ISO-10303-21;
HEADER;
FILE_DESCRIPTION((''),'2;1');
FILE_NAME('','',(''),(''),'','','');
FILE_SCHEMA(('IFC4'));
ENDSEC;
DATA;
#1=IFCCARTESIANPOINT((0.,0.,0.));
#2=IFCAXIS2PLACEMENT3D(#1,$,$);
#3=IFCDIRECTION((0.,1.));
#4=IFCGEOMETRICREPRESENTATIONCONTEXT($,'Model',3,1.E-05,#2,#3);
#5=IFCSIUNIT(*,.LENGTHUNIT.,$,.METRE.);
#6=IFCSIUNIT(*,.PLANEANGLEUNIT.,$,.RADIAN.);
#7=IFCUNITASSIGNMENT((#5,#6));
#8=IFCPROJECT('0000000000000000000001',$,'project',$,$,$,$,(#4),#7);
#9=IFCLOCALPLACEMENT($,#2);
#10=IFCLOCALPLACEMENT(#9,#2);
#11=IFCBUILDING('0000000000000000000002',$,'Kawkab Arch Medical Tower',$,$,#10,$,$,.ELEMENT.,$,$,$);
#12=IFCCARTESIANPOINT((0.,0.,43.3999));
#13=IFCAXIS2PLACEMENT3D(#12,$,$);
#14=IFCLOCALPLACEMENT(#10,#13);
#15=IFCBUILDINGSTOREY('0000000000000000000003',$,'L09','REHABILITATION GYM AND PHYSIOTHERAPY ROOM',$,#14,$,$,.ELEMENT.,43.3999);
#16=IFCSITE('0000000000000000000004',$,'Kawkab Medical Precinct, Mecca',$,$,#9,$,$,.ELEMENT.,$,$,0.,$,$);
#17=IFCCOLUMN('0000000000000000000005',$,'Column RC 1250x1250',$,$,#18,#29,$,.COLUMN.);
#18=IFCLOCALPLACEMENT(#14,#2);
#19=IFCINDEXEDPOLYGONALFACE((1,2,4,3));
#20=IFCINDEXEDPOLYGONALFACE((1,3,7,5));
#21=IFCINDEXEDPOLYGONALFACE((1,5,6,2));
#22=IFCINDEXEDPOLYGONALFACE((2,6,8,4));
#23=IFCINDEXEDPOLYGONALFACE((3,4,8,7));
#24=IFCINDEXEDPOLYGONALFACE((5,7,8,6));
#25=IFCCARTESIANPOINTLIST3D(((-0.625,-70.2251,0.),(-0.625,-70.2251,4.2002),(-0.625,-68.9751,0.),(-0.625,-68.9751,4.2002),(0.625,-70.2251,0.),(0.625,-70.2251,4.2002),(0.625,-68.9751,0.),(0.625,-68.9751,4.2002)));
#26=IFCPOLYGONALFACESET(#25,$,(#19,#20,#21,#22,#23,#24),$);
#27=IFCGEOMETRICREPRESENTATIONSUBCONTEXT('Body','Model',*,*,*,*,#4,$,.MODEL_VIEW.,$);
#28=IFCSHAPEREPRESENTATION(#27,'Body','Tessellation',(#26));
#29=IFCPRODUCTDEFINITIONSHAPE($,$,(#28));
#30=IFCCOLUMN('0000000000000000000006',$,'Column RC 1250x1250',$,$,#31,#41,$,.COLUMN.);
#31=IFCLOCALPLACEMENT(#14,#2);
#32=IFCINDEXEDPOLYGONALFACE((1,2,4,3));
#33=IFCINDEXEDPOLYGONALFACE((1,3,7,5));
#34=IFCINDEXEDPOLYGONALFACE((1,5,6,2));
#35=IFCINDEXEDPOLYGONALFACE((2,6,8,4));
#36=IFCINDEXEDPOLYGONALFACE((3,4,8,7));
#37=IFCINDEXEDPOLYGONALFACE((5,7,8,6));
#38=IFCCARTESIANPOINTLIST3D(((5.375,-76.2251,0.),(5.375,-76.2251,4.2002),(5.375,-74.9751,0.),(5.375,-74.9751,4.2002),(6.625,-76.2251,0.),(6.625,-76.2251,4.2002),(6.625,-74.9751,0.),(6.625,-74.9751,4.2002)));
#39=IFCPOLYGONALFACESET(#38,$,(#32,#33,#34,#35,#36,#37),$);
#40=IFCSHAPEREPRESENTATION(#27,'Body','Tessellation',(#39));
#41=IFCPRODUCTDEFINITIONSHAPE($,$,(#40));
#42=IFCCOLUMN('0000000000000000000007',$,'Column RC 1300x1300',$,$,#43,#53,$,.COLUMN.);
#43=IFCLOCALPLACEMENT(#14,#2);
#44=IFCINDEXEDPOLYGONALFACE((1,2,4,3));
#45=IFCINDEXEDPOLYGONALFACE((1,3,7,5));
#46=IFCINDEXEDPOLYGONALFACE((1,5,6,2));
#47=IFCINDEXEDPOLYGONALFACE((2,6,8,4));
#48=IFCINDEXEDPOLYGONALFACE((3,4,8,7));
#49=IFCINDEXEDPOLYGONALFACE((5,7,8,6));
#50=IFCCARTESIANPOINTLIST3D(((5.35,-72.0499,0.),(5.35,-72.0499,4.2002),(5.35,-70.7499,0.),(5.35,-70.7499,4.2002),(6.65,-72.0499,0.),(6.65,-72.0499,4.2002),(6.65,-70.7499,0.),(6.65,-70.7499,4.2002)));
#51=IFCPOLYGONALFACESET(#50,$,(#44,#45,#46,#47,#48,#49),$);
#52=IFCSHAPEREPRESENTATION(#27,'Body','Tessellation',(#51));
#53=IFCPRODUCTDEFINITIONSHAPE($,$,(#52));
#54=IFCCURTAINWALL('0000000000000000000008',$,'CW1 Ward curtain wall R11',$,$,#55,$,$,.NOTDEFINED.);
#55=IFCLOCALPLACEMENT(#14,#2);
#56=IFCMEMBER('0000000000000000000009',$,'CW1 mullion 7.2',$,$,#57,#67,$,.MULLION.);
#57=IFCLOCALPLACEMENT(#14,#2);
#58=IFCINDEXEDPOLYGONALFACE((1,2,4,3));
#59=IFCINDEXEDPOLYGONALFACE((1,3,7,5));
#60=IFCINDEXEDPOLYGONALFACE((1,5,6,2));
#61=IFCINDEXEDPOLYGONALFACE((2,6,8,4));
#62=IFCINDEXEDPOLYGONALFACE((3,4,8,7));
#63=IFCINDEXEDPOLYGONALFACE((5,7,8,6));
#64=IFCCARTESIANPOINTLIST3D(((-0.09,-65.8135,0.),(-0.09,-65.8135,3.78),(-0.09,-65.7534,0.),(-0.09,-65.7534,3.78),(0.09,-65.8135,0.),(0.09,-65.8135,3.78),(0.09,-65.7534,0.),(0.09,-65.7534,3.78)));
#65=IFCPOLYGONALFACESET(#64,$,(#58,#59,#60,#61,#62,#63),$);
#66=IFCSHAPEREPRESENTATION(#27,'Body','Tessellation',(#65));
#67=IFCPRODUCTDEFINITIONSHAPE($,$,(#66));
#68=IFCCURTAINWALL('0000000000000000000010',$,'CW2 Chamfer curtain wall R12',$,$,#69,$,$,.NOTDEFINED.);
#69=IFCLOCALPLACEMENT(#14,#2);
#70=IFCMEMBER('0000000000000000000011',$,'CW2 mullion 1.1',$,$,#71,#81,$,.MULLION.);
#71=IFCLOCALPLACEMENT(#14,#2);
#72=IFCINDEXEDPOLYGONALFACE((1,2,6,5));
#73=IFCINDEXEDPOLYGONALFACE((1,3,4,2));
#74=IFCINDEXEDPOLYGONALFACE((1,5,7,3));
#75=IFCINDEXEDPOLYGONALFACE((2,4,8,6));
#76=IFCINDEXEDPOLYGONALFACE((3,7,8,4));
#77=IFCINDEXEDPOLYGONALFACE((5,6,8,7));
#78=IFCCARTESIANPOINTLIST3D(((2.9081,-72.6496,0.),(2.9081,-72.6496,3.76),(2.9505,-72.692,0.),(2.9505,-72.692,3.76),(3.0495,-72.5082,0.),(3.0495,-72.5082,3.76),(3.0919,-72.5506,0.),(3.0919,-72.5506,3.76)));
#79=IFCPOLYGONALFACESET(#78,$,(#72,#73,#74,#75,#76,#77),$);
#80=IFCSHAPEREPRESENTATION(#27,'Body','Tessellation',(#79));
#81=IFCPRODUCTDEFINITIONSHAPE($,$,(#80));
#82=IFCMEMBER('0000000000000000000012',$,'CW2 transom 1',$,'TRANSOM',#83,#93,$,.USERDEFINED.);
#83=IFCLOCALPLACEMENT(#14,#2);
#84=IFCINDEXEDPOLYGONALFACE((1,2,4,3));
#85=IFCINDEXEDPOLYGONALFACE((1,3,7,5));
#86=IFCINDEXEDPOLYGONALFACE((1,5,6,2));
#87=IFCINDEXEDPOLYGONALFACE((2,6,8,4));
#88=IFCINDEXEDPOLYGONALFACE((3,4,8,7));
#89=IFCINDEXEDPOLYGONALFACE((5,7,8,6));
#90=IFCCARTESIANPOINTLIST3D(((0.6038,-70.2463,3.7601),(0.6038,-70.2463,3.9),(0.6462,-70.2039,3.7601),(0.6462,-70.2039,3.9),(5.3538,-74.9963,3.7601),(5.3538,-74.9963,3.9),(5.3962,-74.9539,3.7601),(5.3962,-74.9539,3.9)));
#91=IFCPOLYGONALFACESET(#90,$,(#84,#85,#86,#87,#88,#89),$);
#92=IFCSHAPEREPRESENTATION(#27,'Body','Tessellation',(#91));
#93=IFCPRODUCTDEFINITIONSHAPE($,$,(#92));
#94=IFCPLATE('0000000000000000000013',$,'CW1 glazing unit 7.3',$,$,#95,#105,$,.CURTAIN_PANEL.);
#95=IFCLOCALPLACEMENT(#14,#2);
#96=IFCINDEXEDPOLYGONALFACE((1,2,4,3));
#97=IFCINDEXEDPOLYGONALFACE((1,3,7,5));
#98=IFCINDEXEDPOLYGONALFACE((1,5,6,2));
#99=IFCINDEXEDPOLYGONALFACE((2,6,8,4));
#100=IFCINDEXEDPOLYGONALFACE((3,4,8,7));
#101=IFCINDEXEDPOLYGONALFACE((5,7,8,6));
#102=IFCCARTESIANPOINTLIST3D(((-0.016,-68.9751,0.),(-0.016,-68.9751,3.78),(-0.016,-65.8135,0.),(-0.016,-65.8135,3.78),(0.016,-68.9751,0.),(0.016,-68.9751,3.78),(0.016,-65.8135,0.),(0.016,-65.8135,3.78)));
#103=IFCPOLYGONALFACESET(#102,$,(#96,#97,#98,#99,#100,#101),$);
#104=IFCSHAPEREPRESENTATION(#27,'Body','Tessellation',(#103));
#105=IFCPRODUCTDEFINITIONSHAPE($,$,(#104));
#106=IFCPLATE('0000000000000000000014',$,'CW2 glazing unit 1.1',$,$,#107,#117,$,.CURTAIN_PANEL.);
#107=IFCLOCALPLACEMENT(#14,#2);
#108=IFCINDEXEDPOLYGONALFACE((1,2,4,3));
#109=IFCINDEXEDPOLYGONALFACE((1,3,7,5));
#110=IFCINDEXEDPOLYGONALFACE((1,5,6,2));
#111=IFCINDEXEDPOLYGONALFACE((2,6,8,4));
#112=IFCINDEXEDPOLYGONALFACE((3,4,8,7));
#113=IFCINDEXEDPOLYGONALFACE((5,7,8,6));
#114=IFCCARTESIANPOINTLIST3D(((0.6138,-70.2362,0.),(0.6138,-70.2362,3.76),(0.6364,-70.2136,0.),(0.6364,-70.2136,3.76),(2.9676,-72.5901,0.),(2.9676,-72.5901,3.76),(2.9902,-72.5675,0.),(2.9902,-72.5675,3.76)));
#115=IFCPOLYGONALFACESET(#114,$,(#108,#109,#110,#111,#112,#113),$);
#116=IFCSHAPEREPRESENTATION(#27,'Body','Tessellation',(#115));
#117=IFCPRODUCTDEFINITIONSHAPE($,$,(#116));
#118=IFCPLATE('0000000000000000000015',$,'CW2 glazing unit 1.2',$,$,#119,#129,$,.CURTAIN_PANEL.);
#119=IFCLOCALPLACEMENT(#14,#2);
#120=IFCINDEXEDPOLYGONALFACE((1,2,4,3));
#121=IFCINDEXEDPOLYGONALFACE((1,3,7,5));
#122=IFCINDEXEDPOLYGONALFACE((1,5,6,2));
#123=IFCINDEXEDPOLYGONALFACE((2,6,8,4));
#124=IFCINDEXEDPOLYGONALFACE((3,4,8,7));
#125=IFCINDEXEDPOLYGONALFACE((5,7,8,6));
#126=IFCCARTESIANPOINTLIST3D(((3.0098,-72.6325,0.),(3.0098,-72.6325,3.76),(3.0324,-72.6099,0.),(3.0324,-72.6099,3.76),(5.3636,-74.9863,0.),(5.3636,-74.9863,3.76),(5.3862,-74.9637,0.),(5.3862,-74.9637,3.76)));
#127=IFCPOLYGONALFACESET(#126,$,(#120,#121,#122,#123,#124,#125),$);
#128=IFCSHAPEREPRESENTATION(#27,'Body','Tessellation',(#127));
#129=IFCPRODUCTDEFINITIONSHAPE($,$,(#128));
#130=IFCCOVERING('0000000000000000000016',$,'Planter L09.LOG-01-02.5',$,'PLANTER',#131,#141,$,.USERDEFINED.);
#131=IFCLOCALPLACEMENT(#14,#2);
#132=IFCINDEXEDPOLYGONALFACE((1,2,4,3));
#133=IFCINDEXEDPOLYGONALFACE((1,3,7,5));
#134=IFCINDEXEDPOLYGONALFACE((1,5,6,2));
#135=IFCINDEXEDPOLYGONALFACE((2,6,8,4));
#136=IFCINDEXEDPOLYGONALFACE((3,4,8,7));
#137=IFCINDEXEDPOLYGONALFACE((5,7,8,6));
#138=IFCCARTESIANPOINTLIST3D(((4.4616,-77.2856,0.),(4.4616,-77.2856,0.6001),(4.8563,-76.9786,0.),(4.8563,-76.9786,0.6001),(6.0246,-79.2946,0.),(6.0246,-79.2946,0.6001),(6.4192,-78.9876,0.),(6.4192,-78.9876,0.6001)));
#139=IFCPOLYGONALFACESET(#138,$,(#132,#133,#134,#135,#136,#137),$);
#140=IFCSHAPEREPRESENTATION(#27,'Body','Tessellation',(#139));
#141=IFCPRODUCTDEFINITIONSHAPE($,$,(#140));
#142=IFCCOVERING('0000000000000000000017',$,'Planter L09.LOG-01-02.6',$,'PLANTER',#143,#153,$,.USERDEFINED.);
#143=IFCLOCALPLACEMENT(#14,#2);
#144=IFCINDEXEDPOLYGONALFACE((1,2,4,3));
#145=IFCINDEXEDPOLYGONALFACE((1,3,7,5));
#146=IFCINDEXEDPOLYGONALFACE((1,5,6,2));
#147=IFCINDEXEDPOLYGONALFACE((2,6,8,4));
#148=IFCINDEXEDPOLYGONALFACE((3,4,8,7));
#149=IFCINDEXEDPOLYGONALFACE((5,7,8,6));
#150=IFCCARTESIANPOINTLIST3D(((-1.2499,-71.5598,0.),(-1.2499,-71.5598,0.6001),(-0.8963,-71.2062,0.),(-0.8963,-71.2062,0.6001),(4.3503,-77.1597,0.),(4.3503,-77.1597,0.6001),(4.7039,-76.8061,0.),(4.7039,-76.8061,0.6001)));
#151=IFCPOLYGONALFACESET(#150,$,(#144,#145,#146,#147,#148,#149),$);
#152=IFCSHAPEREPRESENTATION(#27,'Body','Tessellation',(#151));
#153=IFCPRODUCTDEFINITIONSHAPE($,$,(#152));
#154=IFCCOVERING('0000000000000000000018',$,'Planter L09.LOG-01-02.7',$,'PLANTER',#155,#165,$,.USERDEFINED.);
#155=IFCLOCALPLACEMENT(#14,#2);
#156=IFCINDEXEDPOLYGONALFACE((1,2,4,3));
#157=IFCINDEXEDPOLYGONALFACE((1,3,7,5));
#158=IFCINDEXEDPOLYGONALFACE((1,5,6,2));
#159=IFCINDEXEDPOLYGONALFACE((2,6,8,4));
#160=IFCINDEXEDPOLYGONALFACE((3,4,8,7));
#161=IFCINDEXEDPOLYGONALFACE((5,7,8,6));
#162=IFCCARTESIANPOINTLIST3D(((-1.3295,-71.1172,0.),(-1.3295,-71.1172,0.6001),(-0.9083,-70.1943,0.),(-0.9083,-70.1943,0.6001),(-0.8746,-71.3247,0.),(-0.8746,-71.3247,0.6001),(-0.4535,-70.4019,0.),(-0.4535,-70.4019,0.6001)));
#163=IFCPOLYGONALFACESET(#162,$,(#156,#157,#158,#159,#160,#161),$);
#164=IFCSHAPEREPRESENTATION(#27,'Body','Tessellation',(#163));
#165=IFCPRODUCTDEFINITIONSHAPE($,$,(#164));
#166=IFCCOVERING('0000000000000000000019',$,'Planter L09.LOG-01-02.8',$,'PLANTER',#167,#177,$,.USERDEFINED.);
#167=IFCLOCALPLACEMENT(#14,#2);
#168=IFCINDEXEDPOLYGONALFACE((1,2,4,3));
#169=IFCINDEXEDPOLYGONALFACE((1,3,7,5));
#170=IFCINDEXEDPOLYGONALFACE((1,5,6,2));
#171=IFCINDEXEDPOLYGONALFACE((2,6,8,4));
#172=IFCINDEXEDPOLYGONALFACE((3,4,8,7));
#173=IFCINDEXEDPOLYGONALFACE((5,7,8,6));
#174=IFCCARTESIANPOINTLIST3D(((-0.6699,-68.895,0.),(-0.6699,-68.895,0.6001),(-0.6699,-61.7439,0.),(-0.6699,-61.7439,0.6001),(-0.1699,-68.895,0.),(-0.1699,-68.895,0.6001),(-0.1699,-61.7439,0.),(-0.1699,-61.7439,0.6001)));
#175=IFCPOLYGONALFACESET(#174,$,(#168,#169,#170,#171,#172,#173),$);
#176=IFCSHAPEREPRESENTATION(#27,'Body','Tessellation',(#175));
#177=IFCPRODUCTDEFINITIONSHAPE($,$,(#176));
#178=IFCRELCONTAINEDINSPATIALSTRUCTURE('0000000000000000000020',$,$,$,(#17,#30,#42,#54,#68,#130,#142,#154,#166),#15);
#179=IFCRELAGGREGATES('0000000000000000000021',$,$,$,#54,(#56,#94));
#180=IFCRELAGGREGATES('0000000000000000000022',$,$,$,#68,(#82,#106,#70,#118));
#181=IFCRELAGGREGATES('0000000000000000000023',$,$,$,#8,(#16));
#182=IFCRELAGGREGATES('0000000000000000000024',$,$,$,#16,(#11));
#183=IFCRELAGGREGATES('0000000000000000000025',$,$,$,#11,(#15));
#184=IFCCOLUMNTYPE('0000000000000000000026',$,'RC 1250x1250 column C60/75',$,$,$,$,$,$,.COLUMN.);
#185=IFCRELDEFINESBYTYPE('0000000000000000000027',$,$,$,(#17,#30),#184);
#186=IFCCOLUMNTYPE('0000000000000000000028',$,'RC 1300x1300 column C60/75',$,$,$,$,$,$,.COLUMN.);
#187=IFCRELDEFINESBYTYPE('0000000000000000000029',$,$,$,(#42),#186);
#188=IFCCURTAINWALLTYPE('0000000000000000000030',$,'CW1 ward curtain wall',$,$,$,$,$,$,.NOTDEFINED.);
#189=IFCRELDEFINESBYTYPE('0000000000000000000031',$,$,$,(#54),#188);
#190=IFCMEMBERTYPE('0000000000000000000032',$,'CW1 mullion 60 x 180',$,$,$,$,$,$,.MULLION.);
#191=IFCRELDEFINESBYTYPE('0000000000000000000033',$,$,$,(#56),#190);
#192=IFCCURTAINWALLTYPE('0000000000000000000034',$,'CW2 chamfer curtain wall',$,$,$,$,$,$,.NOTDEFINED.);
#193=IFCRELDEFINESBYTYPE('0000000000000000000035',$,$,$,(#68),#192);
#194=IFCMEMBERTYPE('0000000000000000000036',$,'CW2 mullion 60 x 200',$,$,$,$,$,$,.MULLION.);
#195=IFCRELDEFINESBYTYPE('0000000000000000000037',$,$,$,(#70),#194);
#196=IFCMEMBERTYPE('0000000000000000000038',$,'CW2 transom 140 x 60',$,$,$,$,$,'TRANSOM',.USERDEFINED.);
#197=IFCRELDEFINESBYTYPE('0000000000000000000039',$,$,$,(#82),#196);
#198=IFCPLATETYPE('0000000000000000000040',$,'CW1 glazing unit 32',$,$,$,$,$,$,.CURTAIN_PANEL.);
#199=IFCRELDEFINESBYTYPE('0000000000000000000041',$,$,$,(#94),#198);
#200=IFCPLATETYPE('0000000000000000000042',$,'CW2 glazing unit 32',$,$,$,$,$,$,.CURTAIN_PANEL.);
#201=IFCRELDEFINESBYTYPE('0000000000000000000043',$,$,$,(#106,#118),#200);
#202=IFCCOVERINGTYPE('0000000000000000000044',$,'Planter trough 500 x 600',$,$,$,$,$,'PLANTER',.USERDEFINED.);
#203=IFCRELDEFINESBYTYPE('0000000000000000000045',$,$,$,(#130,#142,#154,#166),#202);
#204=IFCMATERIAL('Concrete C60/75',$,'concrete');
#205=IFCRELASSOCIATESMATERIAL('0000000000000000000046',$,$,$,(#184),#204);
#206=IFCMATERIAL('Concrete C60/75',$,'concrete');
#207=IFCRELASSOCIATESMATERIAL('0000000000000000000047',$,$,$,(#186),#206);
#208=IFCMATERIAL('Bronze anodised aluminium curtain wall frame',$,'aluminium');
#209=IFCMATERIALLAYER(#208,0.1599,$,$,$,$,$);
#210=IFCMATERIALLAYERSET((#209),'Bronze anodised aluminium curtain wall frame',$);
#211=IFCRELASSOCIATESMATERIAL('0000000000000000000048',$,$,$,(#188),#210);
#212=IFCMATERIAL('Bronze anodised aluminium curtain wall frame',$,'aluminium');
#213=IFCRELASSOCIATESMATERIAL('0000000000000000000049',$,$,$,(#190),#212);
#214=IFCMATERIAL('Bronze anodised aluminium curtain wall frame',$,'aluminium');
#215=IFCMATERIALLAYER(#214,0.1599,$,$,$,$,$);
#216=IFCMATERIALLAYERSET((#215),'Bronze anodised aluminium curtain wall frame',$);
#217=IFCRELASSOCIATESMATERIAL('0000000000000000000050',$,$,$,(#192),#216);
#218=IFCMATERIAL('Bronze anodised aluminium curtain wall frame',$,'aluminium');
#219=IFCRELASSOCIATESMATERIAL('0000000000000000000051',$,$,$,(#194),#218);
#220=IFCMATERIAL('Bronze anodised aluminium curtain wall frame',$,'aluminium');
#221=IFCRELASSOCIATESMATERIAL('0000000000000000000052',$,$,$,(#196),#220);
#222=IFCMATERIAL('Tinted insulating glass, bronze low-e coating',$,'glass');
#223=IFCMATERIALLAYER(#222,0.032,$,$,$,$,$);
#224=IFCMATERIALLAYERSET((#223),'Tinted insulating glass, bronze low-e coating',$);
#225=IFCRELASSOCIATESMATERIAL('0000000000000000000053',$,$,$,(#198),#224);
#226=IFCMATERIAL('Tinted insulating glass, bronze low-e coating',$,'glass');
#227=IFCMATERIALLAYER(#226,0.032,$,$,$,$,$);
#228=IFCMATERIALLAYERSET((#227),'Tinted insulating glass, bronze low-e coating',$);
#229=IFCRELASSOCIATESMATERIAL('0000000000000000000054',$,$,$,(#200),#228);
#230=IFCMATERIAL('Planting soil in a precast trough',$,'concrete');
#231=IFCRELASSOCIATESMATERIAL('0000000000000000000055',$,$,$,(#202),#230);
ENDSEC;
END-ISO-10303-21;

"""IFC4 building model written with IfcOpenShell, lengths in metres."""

from ifc_helpers import new_model, si_unit, direction, frame, origin, origin_2d, place, context, subcontext, project, spatial, rectangle, extrude, material, layer, layer_set, material_profile, profile_set, type_object, element, aggregate, save


model = new_model("IFC4")

# Units and contexts
model_context = context("Model", 3, precision=1e-05, world=origin(), true_north=direction((0.0, 1.0)))
body_context = subcontext(model_context, "Body", "Model", "MODEL_VIEW")
ifc_project = project(units=[si_unit("LENGTHUNIT", "METRE"), si_unit("PLANEANGLEUNIT", "RADIAN")], contexts=[model_context])

# Site, building, storey
site_placement = place(None, origin())
site = spatial("IfcSite", under=ifc_project, at=site_placement, Name="Kawkab Medical Precinct, Mecca", CompositionType="ELEMENT", RefElevation=0.0)
building_placement = place(site_placement, origin())
building = spatial("IfcBuilding", under=site, at=building_placement, Name="Kawkab Arch Medical Tower", CompositionType="ELEMENT")
storey_placement = place(building_placement, frame((0.0, 0.0, 43.3999)))
storey = spatial("IfcBuildingStorey", under=building, at=storey_placement, Name="L09", Description="REHABILITATION GYM AND PHYSIOTHERAPY ROOM", CompositionType="ELEMENT", Elevation=43.3999)

# Columns
ifc_material_1 = material(Name="Concrete C60/75", Category="concrete")
ifc_material_profile_1 = material_profile(ifc_material_1, rectangle(XDim=1.25, YDim=1.25, at=origin_2d()), Name="RC 1250x1250")
ifc_profile_set_1 = profile_set([ifc_material_profile_1], Name="Concrete C60/75")
column_type_1 = type_object("IfcColumnType", Name="RC 1250x1250 column C60/75", PredefinedType="COLUMN", material=ifc_profile_set_1)
for number, where, z_axis, x_axis, name in (
    (1, (0.0, -69.6001, 0.0), (0.0, 0.0, 1.0), (1.0, 0.0, 0.0), "Column RC 1250x1250"),
    (2, (6.0, -75.6001, 0.0), (0.0, 0.0, 1.0), (1.0, 0.0, 0.0), "Column RC 1250x1250"),
):
    element("IfcColumn", number, at=place(storey_placement, frame(where, z_axis=z_axis, x_axis=x_axis)), inside=storey, type_object=column_type_1, Name=name, PredefinedType="COLUMN", context=body_context, shape_type="SweptSolid", body=[
        extrude(rectangle(XDim=1.25, YDim=1.25, at=origin_2d()), origin(), (0.0, 0.0, 1.0), 4.2002),
    ])
ifc_material_2 = material(Name="Concrete C60/75", Category="concrete")
ifc_material_profile_2 = material_profile(ifc_material_2, rectangle(XDim=1.3, YDim=1.3, at=origin_2d()), Name="RC 1300x1300")
ifc_profile_set_2 = profile_set([ifc_material_profile_2], Name="Concrete C60/75")
column_type_2 = type_object("IfcColumnType", Name="RC 1300x1300 column C60/75", PredefinedType="COLUMN", material=ifc_profile_set_2)
column_placement = place(storey_placement, frame((6.0, -71.3999, 0.0), z_axis=(0.0, 0.0, 1.0), x_axis=(1.0, 0.0, 0.0)))
element("IfcColumn", 3, at=column_placement, inside=storey, type_object=column_type_2, Name="Column RC 1300x1300", PredefinedType="COLUMN", context=body_context, shape_type="SweptSolid", body=[
    extrude(rectangle(XDim=1.3, YDim=1.3, at=origin_2d()), origin(), (0.0, 0.0, 1.0), 4.2002),
])

# Curtain wall, member
ifc_material_3 = material(Name="Bronze anodised aluminium curtain wall frame", Category="aluminium")
ifc_layer_1 = layer(ifc_material_3, 0.1599)
ifc_layer_set_1 = layer_set([ifc_layer_1], Name="Bronze anodised aluminium curtain wall frame")
curtain_wall_type_1 = type_object("IfcCurtainWallType", Name="CW1 ward curtain wall", PredefinedType="NOTDEFINED", material=ifc_layer_set_1)
placement = place(storey_placement, origin())
curtain_wall_1 = element("IfcCurtainWall", 4, at=placement, inside=storey, type_object=curtain_wall_type_1, Name="CW1 Ward curtain wall R11", PredefinedType="NOTDEFINED")
ifc_material_4 = material(Name="Bronze anodised aluminium curtain wall frame", Category="aluminium")
ifc_material_profile_3 = material_profile(ifc_material_4, rectangle(XDim=0.1799, YDim=0.0601, at=origin_2d()), Name="AL 60x180")
ifc_profile_set_3 = profile_set([ifc_material_profile_3], Name="Bronze anodised aluminium curtain wall frame")
member_type_1 = type_object("IfcMemberType", Name="CW1 mullion 60 x 180", PredefinedType="MULLION", material=ifc_profile_set_3)
member_1_placement = place(storey_placement, frame((0.0, -65.7834, 0.0), z_axis=(0.0, 0.0, 1.0), x_axis=(1.0, 0.0, 0.0)))
member_1 = element("IfcMember", 5, at=member_1_placement, type_object=member_type_1, Name="CW1 mullion 7.2", PredefinedType="MULLION", context=body_context, shape_type="SweptSolid", body=[
    extrude(rectangle(XDim=0.1799, YDim=0.0601, at=origin_2d()), origin(), (0.0, 0.0, 1.0), 3.78),
])

# Curtain wall, members
ifc_material_5 = material(Name="Bronze anodised aluminium curtain wall frame", Category="aluminium")
ifc_layer_2 = layer(ifc_material_5, 0.1599)
ifc_layer_set_2 = layer_set([ifc_layer_2], Name="Bronze anodised aluminium curtain wall frame")
curtain_wall_type_2 = type_object("IfcCurtainWallType", Name="CW2 chamfer curtain wall", PredefinedType="NOTDEFINED", material=ifc_layer_set_2)
curtain_wall_2 = element("IfcCurtainWall", 6, at=placement, inside=storey, type_object=curtain_wall_type_2, Name="CW2 Chamfer curtain wall R12", PredefinedType="NOTDEFINED")
ifc_material_6 = material(Name="Bronze anodised aluminium curtain wall frame", Category="aluminium")
ifc_material_profile_4 = material_profile(ifc_material_6, rectangle(XDim=0.2, YDim=0.0601, at=origin_2d()), Name="AL 60x200")
ifc_profile_set_4 = profile_set([ifc_material_profile_4], Name="Bronze anodised aluminium curtain wall frame")
member_type_2 = type_object("IfcMemberType", Name="CW2 mullion 60 x 200", PredefinedType="MULLION", material=ifc_profile_set_4)
member_2_placement = place(storey_placement, frame((3.0, -72.6001, 0.0), z_axis=(0.0, 0.0, 1.0), x_axis=(0.707107, 0.707107, 0.0)))
member_2 = element("IfcMember", 7, at=member_2_placement, type_object=member_type_2, Name="CW2 mullion 1.1", PredefinedType="MULLION", context=body_context, shape_type="SweptSolid", body=[
    extrude(rectangle(XDim=0.2, YDim=0.0601, at=origin_2d()), origin(), (0.0, 0.0, 1.0), 3.76),
])
ifc_material_7 = material(Name="Bronze anodised aluminium curtain wall frame", Category="aluminium")
ifc_material_profile_5 = material_profile(ifc_material_7, rectangle(XDim=0.0601, YDim=0.1399, at=origin_2d()), Name="AL 60x140")
ifc_profile_set_5 = profile_set([ifc_material_profile_5], Name="Bronze anodised aluminium curtain wall frame")
member_type_3 = type_object("IfcMemberType", Name="CW2 transom 140 x 60", ElementType="TRANSOM", PredefinedType="USERDEFINED", material=ifc_profile_set_5)
member_3_placement = place(storey_placement, frame((0.625, -70.2251, 3.8301), z_axis=(0.707107, -0.707107, 0.0), x_axis=(0.707107, 0.707107, 0.0)))
member_3 = element("IfcMember", 8, at=member_3_placement, type_object=member_type_3, Name="CW2 transom 1", ObjectType="TRANSOM", PredefinedType="USERDEFINED", context=body_context, shape_type="SweptSolid", body=[
    extrude(rectangle(XDim=0.0601, YDim=0.1399, at=origin_2d()), origin(), (0.0, 0.0, 1.0), 6.7175),
])

# Plates
ifc_material_8 = material(Name="Tinted insulating glass, bronze low-e coating", Category="glass")
ifc_layer_3 = layer(ifc_material_8, 0.032)
ifc_layer_set_3 = layer_set([ifc_layer_3], Name="Tinted insulating glass, bronze low-e coating")
plate_type_1 = type_object("IfcPlateType", Name="CW1 glazing unit 32", PredefinedType="CURTAIN_PANEL", material=ifc_layer_set_3)
plate_1_placement = place(storey_placement, frame((0.0, -67.3943, 0.0), z_axis=(0.0, 0.0, 1.0), x_axis=(0.0, -1.0, 0.0)))
plate_1 = element("IfcPlate", 9, at=plate_1_placement, type_object=plate_type_1, Name="CW1 glazing unit 7.3", PredefinedType="CURTAIN_PANEL", context=body_context, shape_type="SweptSolid", body=[
    extrude(rectangle(XDim=3.1616, YDim=0.032, at=origin_2d()), origin(), (0.0, 0.0, 1.0), 3.78),
])
aggregate(curtain_wall_1, [member_1, plate_1])
ifc_material_9 = material(Name="Tinted insulating glass, bronze low-e coating", Category="glass")
ifc_layer_4 = layer(ifc_material_9, 0.032)
ifc_layer_set_4 = layer_set([ifc_layer_4], Name="Tinted insulating glass, bronze low-e coating")
plate_type_2 = type_object("IfcPlateType", Name="CW2 glazing unit 32", PredefinedType="CURTAIN_PANEL", material=ifc_layer_set_4)
plate_2_placement = place(storey_placement, frame((1.802, -71.4019, 0.0), z_axis=(0.0, 0.0, 1.0), x_axis=(0.707107, -0.707107, 0.0)))
plate_2 = element("IfcPlate", 10, at=plate_2_placement, type_object=plate_type_2, Name="CW2 glazing unit 1.1", PredefinedType="CURTAIN_PANEL", context=body_context, shape_type="SweptSolid", body=[
    extrude(rectangle(XDim=3.3289, YDim=0.032, at=origin_2d()), origin(), (0.0, 0.0, 1.0), 3.76),
])
plate_3_placement = place(storey_placement, frame((4.198, -73.7981, 0.0), z_axis=(0.0, 0.0, 1.0), x_axis=(0.707107, -0.707107, 0.0)))
plate_3 = element("IfcPlate", 11, at=plate_3_placement, type_object=plate_type_2, Name="CW2 glazing unit 1.2", PredefinedType="CURTAIN_PANEL", context=body_context, shape_type="SweptSolid", body=[
    extrude(rectangle(XDim=3.3289, YDim=0.032, at=origin_2d()), origin(), (0.0, 0.0, 1.0), 3.76),
])
aggregate(curtain_wall_2, [member_3, plate_2, member_2, plate_3])

# Coverings
ifc_material_10 = material(Name="Planting soil in a precast trough", Category="concrete")
ifc_material_profile_6 = material_profile(ifc_material_10, rectangle(XDim=0.5, YDim=0.6001, at=origin_2d()), Name="Trough 500x600")
ifc_profile_set_6 = profile_set([ifc_material_profile_6], Name="Planting soil in a precast trough")
covering_type = type_object("IfcCoveringType", Name="Planter trough 500 x 600", ElementType="PLANTER", PredefinedType="USERDEFINED", material=ifc_profile_set_6)
covering_1_placement = place(storey_placement, frame((6.2219, -79.1411, 0.3), z_axis=(-0.61404, 0.789275, 0.0), x_axis=(-0.789275, -0.61404, 0.0)))
element("IfcCovering", 12, at=covering_1_placement, inside=storey, type_object=covering_type, Name="Planter L09.LOG-01-02.5", ObjectType="PLANTER", PredefinedType="USERDEFINED", context=body_context, shape_type="SweptSolid", body=[
    extrude(rectangle(XDim=0.5, YDim=0.6001, at=origin_2d()), origin(), (0.0, 0.0, 1.0), 2.5454),
])
covering_2_placement = place(storey_placement, frame((4.5271, -76.9829, 0.3), z_axis=(-0.707122, 0.707091, 0.0), x_axis=(-0.707091, -0.707122, 0.0)))
element("IfcCovering", 13, at=covering_2_placement, inside=storey, type_object=covering_type, Name="Planter L09.LOG-01-02.6", ObjectType="PLANTER", PredefinedType="USERDEFINED", context=body_context, shape_type="SweptSolid", body=[
    extrude(rectangle(XDim=0.5, YDim=0.6001, at=origin_2d()), origin(), (0.0, 0.0, 1.0), 7.9197),
])
covering_3_placement = place(storey_placement, frame((-1.1021, -71.2209, 0.3), z_axis=(0.415162, 0.909747, 0.0), x_axis=(-0.909747, 0.415162, 0.0)))
element("IfcCovering", 14, at=covering_3_placement, inside=storey, type_object=covering_type, Name="Planter L09.LOG-01-02.7", ObjectType="PLANTER", PredefinedType="USERDEFINED", context=body_context, shape_type="SweptSolid", body=[
    extrude(rectangle(XDim=0.5, YDim=0.6001, at=origin_2d()), origin(), (0.0, 0.0, 1.0), 1.0144),
])
covering_4_placement = place(storey_placement, frame((-0.4199, -68.895, 0.3), z_axis=(0.0, 1.0, 0.0), x_axis=(-1.0, 0.0, 0.0)))
element("IfcCovering", 15, at=covering_4_placement, inside=storey, type_object=covering_type, Name="Planter L09.LOG-01-02.8", ObjectType="PLANTER", PredefinedType="USERDEFINED", context=body_context, shape_type="SweptSolid", body=[
    extrude(rectangle(XDim=0.5, YDim=0.6001, at=origin_2d()), origin(), (0.0, 0.0, 1.0), 7.1511),
])

save(model, "model.ifc")
